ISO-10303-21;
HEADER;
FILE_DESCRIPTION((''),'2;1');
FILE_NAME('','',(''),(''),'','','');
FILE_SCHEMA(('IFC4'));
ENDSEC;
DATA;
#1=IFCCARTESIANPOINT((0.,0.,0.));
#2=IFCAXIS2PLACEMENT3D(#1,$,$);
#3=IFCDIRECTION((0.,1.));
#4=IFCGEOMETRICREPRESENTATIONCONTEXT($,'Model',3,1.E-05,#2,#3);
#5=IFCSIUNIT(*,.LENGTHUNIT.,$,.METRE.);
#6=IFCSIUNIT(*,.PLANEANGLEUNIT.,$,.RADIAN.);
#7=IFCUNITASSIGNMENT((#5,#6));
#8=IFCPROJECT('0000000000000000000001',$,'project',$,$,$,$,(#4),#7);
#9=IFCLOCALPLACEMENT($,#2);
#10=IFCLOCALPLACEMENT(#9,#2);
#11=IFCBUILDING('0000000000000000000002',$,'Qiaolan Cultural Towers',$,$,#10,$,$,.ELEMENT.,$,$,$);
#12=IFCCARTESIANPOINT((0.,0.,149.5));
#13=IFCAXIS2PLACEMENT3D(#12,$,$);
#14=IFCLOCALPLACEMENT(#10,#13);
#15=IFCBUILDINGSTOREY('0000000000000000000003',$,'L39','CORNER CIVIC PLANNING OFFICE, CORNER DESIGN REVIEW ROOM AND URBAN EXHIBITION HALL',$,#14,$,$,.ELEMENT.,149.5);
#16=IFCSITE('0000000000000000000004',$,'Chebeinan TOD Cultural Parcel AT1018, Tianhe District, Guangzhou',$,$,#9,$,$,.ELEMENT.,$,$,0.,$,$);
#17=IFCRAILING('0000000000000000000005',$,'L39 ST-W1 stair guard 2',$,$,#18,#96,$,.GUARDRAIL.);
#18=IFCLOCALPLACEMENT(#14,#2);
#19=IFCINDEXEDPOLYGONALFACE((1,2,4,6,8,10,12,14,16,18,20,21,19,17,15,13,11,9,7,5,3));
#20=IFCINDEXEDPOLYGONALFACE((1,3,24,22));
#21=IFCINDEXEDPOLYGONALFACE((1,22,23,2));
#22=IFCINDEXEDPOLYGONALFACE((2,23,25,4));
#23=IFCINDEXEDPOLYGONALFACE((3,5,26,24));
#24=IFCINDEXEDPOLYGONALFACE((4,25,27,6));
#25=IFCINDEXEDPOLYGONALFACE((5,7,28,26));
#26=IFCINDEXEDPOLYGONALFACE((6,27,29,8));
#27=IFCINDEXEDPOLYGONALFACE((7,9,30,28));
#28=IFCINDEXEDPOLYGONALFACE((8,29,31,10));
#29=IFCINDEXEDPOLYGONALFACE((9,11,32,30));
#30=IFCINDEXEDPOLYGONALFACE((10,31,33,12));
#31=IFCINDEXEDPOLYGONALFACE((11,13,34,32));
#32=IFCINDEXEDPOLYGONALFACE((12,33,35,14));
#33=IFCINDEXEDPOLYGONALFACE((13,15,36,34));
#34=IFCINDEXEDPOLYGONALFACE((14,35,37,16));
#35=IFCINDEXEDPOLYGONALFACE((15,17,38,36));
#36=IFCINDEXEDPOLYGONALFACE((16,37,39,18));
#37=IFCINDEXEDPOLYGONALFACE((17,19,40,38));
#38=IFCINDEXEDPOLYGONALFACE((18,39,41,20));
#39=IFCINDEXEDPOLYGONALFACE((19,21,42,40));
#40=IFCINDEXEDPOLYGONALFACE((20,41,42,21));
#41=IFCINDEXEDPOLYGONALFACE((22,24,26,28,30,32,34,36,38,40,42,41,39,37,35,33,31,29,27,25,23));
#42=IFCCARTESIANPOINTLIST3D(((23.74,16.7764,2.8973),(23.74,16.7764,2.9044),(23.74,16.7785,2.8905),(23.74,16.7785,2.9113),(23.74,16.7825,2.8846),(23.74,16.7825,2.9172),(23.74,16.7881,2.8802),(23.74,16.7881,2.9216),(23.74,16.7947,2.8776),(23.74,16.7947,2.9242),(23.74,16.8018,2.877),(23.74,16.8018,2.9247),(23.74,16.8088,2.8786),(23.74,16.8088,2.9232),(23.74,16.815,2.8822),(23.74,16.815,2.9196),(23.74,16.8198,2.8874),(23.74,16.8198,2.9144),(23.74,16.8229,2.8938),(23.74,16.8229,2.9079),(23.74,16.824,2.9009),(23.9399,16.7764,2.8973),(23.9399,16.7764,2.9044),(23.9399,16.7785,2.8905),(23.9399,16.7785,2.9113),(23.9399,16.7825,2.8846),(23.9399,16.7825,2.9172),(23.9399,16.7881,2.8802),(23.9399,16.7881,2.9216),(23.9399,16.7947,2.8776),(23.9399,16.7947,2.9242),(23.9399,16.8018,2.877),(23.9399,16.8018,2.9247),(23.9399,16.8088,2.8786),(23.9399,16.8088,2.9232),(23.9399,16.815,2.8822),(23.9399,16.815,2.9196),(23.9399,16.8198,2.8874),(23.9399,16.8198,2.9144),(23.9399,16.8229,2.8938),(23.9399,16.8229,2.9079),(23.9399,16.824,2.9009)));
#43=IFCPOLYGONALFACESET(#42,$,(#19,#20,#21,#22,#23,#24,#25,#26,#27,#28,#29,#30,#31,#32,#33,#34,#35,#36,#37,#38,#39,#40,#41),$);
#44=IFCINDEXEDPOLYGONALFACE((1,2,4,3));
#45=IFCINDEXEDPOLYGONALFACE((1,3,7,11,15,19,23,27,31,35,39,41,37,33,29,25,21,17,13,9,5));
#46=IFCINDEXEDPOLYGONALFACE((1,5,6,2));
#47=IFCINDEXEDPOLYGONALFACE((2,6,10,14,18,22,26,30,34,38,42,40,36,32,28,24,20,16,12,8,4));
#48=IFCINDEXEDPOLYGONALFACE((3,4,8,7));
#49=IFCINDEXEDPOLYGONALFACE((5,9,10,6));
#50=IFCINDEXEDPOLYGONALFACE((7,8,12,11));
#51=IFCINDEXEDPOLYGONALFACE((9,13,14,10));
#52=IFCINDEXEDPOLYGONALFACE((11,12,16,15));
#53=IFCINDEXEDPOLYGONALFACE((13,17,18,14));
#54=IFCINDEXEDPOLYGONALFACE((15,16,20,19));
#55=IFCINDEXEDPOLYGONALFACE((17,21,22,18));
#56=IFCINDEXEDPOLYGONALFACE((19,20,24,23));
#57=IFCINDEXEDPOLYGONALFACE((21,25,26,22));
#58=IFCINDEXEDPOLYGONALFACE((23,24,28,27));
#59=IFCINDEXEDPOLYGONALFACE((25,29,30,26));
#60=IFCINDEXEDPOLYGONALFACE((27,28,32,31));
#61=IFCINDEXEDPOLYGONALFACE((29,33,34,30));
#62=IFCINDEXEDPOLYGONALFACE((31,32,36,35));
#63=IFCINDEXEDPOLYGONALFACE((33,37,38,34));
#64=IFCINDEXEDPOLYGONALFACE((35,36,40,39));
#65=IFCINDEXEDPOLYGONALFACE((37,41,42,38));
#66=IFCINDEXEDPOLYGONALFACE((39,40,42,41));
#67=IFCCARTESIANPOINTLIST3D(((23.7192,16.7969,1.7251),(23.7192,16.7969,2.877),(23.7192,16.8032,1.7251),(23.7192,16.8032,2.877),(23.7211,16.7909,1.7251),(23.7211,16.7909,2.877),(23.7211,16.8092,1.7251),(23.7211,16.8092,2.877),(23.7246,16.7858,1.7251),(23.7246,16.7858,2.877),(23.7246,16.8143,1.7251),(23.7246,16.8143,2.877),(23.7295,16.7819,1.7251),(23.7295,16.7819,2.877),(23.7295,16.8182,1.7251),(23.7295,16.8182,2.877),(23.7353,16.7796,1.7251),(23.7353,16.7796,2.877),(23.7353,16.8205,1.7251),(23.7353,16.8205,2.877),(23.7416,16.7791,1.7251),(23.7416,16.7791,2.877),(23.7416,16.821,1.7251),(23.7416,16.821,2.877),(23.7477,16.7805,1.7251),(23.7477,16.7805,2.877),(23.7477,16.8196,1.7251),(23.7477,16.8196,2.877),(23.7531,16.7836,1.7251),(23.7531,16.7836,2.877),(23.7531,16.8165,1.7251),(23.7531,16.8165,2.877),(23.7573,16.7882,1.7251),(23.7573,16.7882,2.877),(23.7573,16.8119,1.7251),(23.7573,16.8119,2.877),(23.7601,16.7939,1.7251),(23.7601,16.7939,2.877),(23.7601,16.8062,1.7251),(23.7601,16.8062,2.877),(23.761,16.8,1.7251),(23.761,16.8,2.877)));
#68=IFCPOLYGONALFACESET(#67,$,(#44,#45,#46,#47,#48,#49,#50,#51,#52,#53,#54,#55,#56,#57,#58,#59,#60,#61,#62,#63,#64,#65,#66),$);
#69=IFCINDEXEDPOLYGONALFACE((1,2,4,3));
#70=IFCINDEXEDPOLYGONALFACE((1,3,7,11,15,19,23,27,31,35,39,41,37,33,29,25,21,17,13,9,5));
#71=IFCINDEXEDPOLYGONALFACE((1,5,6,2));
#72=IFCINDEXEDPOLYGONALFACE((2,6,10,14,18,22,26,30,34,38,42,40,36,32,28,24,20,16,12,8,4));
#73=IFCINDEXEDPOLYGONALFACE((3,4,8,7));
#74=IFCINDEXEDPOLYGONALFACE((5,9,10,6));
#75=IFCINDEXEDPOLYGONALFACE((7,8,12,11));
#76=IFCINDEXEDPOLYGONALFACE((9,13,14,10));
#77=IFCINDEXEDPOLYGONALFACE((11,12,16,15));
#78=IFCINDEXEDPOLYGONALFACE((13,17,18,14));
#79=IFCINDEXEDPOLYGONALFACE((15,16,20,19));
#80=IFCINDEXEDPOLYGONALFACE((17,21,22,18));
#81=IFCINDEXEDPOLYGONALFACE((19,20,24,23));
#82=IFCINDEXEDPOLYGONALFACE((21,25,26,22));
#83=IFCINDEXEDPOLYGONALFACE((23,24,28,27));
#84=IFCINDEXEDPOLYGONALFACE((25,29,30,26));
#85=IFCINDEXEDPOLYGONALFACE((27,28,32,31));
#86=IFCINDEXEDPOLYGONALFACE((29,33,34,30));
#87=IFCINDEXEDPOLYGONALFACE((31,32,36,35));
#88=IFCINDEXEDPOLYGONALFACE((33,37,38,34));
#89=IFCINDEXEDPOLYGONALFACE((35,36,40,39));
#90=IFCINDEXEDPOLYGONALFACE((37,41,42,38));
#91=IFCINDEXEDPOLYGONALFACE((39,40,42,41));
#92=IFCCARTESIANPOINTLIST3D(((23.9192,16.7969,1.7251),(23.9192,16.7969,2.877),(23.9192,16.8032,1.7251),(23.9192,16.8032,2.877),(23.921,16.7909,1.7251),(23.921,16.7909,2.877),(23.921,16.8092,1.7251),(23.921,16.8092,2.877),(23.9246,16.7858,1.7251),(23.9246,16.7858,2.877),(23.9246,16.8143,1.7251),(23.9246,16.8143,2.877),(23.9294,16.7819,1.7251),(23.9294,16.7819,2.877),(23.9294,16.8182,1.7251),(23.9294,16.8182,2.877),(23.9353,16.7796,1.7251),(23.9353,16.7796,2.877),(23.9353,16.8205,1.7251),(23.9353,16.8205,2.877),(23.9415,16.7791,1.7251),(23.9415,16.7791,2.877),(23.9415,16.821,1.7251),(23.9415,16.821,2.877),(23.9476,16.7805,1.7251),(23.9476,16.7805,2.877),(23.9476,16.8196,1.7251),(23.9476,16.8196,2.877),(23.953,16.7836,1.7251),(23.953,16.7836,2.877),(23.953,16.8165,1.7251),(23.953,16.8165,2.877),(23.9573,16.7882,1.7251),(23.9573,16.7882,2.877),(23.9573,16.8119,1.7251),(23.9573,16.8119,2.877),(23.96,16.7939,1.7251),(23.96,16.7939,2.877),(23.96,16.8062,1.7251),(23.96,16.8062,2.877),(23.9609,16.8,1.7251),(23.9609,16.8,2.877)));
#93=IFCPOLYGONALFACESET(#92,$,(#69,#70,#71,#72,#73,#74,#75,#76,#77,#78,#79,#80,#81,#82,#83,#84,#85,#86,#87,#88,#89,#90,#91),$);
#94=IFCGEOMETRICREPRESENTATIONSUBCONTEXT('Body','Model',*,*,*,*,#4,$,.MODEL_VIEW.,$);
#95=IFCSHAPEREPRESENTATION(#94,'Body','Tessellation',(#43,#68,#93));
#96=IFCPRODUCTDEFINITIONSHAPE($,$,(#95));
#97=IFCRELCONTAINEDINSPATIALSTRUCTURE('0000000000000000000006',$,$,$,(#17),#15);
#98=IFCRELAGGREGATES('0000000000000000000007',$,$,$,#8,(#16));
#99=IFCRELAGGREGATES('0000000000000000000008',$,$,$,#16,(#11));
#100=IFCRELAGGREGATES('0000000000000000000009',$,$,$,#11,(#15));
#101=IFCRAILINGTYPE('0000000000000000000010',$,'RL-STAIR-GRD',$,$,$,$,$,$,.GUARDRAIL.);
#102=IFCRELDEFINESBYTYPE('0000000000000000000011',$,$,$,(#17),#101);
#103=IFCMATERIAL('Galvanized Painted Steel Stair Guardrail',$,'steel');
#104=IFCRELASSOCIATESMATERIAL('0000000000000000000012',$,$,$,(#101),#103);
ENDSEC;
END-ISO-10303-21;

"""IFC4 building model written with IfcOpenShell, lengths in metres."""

from ifc_helpers import new_model, si_unit, direction, frame, origin, origin_2d, place, context, subcontext, project, spatial, circle, extrude, material, type_object, element, save


model = new_model("IFC4")

# Units and contexts
model_context = context("Model", 3, precision=1e-05, world=origin(), true_north=direction((0.0, 1.0)))
body_context = subcontext(model_context, "Body", "Model", "MODEL_VIEW")
ifc_project = project(units=[si_unit("LENGTHUNIT", "METRE"), si_unit("PLANEANGLEUNIT", "RADIAN")], contexts=[model_context])

# Site, building, storey
site_placement = place(None, origin())
site = spatial("IfcSite", under=ifc_project, at=site_placement, Name="Chebeinan TOD Cultural Parcel AT1018, Tianhe District, Guangzhou", CompositionType="ELEMENT", RefElevation=0.0)
building_placement = place(site_placement, origin())
building = spatial("IfcBuilding", under=site, at=building_placement, Name="Qiaolan Cultural Towers", CompositionType="ELEMENT")
storey_placement = place(building_placement, frame((0.0, 0.0, 149.5)))
storey = spatial("IfcBuildingStorey", under=building, at=storey_placement, Name="L39", Description="CORNER CIVIC PLANNING OFFICE, CORNER DESIGN REVIEW ROOM AND URBAN EXHIBITION HALL", CompositionType="ELEMENT", Elevation=149.5)

# Railing
ifc_material_1 = material(Name="Galvanized Painted Steel Stair Guardrail", Category="steel")
railing_type_1 = type_object("IfcRailingType", Name="RL-STAIR-GRD", PredefinedType="GUARDRAIL", material=ifc_material_1)
railing_1_placement = place(storey_placement, frame((23.74, 16.8, 1.7251)))
element("IfcRailing", 1, at=railing_1_placement, inside=storey, type_object=railing_type_1, Name="L39 ST-W1 stair guard 2", PredefinedType="GUARDRAIL", context=body_context, shape_type="SweptSolid", body=[
    extrude(circle(Radius=0.0239, at=origin_2d()), frame((0.0, 0.0, 1.1758), z_axis=(1.0, 0.0, 0.0), x_axis=(0.0, 1.0, 0.0)), (0.0, 0.0, 1.0), 0.2),
    extrude(circle(Radius=0.021, at=origin_2d()), origin(), (0.0, 0.0, 1.0), 1.1519),
    extrude(circle(Radius=0.021, at=origin_2d()), frame((0.2, 0.0, 0.0)), (0.0, 0.0, 1.0), 1.1519),
])

save(model, "model.ifc")
